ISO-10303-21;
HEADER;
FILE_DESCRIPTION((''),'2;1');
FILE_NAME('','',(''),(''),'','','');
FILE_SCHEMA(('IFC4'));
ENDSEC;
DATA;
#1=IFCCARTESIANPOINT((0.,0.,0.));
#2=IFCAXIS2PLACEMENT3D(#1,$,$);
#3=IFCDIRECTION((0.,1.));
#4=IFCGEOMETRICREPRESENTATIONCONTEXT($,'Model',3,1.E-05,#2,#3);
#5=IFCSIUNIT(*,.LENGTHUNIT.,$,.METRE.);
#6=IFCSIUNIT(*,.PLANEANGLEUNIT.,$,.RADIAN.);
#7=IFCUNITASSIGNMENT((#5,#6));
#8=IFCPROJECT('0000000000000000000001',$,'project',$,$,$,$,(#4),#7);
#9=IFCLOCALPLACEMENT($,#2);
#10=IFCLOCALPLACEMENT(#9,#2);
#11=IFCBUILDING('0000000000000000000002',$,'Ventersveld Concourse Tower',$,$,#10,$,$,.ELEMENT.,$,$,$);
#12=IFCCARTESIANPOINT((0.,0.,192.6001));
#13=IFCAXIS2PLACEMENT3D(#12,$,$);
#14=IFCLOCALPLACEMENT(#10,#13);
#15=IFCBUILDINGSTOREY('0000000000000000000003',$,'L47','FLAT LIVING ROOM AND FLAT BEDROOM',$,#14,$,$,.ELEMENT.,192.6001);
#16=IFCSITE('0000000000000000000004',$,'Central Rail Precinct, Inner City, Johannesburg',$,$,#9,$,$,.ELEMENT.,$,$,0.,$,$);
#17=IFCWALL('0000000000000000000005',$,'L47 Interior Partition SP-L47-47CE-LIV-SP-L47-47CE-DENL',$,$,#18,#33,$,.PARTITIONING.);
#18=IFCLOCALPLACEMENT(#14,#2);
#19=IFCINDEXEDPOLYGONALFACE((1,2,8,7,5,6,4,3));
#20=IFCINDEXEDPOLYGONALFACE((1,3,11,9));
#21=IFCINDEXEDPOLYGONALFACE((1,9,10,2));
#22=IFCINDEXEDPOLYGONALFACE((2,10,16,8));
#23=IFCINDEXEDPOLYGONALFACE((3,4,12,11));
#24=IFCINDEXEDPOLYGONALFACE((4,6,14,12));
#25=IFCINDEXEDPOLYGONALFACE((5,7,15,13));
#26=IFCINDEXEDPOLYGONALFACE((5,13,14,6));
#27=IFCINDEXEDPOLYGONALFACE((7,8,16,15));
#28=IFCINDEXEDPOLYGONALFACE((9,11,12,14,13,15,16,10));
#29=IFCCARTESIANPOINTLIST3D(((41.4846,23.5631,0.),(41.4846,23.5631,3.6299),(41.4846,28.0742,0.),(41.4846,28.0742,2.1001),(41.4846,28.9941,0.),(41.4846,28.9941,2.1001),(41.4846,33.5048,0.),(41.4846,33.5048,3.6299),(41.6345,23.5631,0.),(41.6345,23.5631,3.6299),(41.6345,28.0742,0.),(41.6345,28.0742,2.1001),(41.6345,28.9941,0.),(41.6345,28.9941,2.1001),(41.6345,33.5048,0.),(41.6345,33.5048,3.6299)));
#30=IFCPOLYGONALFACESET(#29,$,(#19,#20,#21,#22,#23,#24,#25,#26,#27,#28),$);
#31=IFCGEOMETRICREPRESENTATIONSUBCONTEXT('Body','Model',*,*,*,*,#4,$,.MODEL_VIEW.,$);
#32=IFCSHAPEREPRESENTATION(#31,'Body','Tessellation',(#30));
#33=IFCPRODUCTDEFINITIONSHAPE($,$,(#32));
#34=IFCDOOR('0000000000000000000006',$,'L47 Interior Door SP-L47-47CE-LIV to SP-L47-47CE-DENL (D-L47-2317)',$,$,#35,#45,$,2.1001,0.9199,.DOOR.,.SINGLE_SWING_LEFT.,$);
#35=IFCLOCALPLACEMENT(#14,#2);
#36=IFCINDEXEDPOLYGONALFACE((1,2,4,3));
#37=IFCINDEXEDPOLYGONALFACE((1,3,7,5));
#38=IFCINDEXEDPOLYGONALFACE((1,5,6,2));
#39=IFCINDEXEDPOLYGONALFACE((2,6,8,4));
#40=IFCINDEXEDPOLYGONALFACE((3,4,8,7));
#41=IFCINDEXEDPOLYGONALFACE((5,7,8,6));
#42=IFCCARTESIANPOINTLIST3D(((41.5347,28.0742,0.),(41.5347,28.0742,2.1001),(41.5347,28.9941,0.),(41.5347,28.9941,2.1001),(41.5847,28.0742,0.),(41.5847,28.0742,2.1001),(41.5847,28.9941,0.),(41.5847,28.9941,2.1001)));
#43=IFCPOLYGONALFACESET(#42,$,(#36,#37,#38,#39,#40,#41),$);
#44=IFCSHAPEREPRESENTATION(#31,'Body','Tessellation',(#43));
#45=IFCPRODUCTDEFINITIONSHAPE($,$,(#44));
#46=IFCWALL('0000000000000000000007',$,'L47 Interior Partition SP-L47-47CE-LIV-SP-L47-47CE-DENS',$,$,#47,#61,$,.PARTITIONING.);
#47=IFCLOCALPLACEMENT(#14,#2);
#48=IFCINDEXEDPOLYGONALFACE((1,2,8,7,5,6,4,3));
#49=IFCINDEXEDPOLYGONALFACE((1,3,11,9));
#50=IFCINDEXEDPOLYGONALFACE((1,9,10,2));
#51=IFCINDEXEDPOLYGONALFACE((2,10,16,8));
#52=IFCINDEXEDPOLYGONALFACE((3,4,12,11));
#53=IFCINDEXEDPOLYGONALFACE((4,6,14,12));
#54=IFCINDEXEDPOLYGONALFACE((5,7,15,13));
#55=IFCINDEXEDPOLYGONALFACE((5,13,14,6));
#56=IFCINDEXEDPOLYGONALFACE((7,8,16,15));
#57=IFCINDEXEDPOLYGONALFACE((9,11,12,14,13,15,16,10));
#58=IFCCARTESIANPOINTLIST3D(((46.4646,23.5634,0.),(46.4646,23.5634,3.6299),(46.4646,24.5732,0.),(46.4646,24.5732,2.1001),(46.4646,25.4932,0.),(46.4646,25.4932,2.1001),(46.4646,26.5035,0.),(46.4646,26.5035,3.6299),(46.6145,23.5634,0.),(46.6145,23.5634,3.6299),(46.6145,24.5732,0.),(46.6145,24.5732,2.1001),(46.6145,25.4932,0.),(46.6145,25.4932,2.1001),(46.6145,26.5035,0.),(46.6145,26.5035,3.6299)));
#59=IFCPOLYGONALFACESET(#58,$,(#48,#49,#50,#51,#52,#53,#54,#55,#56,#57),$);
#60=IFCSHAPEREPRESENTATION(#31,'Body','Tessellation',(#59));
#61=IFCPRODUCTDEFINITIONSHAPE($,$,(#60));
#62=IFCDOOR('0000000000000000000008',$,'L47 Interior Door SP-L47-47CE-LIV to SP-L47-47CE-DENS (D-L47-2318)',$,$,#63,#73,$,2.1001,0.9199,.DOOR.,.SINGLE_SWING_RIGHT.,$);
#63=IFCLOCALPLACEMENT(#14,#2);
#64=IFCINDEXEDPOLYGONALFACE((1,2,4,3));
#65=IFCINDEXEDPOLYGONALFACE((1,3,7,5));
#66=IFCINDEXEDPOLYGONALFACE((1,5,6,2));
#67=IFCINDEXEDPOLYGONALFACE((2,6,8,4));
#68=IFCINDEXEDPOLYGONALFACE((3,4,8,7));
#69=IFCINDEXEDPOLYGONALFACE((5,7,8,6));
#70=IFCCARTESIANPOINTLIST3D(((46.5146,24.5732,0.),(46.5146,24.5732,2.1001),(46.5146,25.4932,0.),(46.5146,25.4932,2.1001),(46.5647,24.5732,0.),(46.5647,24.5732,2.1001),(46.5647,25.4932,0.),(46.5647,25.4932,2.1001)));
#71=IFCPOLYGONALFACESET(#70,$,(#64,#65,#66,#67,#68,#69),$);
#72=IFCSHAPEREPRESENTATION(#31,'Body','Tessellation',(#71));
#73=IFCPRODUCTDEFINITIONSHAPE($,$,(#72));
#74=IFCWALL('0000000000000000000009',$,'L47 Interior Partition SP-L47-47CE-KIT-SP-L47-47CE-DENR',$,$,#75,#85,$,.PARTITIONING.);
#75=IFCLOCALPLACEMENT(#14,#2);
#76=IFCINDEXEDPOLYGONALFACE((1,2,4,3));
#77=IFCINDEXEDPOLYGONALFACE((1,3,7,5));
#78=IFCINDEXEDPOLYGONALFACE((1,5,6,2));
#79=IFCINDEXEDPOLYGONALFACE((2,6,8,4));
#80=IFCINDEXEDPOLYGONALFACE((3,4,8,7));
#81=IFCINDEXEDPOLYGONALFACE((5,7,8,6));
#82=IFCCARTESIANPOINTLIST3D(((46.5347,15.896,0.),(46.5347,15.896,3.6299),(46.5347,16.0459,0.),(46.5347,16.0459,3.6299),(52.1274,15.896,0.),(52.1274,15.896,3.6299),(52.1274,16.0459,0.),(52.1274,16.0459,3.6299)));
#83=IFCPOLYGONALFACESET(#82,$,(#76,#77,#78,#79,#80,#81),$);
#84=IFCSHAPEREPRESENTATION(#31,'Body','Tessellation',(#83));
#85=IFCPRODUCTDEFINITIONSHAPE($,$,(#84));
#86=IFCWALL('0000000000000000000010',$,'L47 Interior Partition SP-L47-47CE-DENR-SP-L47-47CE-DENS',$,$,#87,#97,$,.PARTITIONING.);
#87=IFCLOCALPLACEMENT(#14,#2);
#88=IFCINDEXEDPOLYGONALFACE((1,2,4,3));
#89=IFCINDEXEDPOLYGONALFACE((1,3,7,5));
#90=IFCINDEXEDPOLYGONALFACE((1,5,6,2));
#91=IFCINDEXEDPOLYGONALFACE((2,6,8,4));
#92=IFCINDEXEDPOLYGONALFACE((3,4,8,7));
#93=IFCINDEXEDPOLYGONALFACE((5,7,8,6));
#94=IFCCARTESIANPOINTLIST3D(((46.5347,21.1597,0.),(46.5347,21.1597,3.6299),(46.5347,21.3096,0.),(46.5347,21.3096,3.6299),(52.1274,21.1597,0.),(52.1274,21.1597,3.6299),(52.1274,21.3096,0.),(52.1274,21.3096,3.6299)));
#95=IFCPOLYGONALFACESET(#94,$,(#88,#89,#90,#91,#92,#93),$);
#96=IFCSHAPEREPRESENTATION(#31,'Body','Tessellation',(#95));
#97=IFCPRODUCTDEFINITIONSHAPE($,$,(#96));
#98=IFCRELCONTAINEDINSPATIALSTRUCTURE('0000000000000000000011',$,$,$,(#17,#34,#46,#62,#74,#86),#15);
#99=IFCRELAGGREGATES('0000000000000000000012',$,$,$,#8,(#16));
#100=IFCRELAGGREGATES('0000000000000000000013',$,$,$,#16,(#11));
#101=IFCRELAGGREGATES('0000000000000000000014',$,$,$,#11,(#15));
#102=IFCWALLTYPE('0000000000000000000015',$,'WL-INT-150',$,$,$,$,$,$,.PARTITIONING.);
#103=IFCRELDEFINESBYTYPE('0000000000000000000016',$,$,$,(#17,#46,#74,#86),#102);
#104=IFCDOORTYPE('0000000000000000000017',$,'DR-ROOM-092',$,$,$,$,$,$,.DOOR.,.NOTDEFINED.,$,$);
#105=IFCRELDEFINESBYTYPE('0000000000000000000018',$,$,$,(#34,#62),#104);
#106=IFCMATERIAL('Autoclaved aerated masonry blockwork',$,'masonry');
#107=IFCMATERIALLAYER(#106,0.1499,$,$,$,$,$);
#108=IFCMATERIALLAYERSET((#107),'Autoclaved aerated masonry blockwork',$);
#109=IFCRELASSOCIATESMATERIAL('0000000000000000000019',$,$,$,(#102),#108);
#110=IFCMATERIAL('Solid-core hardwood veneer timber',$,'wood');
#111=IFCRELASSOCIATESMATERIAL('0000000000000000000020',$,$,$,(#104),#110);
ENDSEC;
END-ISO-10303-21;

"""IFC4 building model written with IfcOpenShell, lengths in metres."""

from ifc_helpers import new_model, si_unit, direction, frame, frame_2d, origin, place, context, subcontext, project, spatial, rectangle, extrude, material, layer, layer_set, type_object, element, fill, save


model = new_model("IFC4")

# Units and contexts
model_context = context("Model", 3, precision=1e-05, world=origin(), true_north=direction((0.0, 1.0)))
body_context = subcontext(model_context, "Body", "Model", "MODEL_VIEW")
ifc_project = project(units=[si_unit("LENGTHUNIT", "METRE"), si_unit("PLANEANGLEUNIT", "RADIAN")], contexts=[model_context])

# Site, building, storey
site_placement = place(None, origin())
site = spatial("IfcSite", under=ifc_project, at=site_placement, Name="Central Rail Precinct, Inner City, Johannesburg", CompositionType="ELEMENT", RefElevation=0.0)
building_placement = place(site_placement, origin())
building = spatial("IfcBuilding", under=site, at=building_placement, Name="Ventersveld Concourse Tower", CompositionType="ELEMENT")
storey_placement = place(building_placement, frame((0.0, 0.0, 192.6001)))
storey = spatial("IfcBuildingStorey", under=building, at=storey_placement, Name="L47", Description="FLAT LIVING ROOM AND FLAT BEDROOM", CompositionType="ELEMENT", Elevation=192.6001)

# Shared definitions
ifc_material_1 = material(Name="Solid-core hardwood veneer timber", Category="wood")

# Walls, openings, doors
ifc_material_2 = material(Name="Autoclaved aerated masonry blockwork", Category="masonry")
ifc_layer_1 = layer(ifc_material_2, 0.1499)
ifc_layer_set_1 = layer_set([ifc_layer_1], Name="Autoclaved aerated masonry blockwork")
wall_type_1 = type_object("IfcWallType", Name="WL-INT-150", PredefinedType="PARTITIONING", material=ifc_layer_set_1)
door_type_1 = type_object("IfcDoorType", Name="DR-ROOM-092", OperationType="NOTDEFINED", PredefinedType="DOOR", material=ifc_material_1)
wall_1_placement = place(storey_placement, frame((41.5596, 23.5632, 0.0), z_axis=(0.0, 0.0, 1.0), x_axis=(0.0, 1.0, 0.0)))
wall_1 = element("IfcWall", 1, at=wall_1_placement, inside=storey, type_object=wall_type_1, Name="L47 Interior Partition SP-L47-47CE-LIV-SP-L47-47CE-DENL", PredefinedType="PARTITIONING", context=body_context, shape_type="SweptSolid", body=[
    extrude(rectangle(XDim=9.9417, YDim=0.1499, at=frame_2d((4.9707, 0.0))), origin(), (0.0, 0.0, 1.0), 3.6299),
])
opening_1_placement = place(wall_1_placement, frame((4.511, 0.0, 0.0)))
opening_1 = element("IfcOpeningElement", 2, at=opening_1_placement, cuts=wall_1, PredefinedType="OPENING", context=body_context, shape_type="SweptSolid", body=[
    extrude(rectangle(XDim=0.9199, YDim=2.1001, at=frame_2d((0.46, 1.05))), frame((0.0, 0.085, 0.0), z_axis=(0.0, -1.0, 0.0), x_axis=(1.0, 0.0, 0.0)), (0.0, 0.0, 1.0), 0.1699),
])
door_1_placement = place(opening_1_placement, origin())
door_1 = element("IfcDoor", 3, at=door_1_placement, inside=storey, type_object=door_type_1, Name="L47 Interior Door SP-L47-47CE-LIV to SP-L47-47CE-DENL (D-L47-2317)", OperationType="SINGLE_SWING_LEFT", OverallHeight=2.1001, OverallWidth=0.9199, PredefinedType="DOOR", context=body_context, shape_type="SweptSolid", body=[
    extrude(rectangle(XDim=0.9199, YDim=2.1001, at=frame_2d((0.46, 1.05))), frame((0.0, 0.0249, 0.0), z_axis=(0.0, -1.0, 0.0), x_axis=(1.0, 0.0, 0.0)), (0.0, 0.0, 1.0), 0.05),
])
fill(opening_1, door_1)
wall_2_placement = place(storey_placement, frame((46.5396, 23.5632, 0.0), z_axis=(0.0, 0.0, 1.0), x_axis=(0.0, 1.0, 0.0)))
wall_2 = element("IfcWall", 4, at=wall_2_placement, inside=storey, type_object=wall_type_1, Name="L47 Interior Partition SP-L47-47CE-LIV-SP-L47-47CE-DENS", PredefinedType="PARTITIONING", context=body_context, shape_type="SweptSolid", body=[
    extrude(rectangle(XDim=2.9402, YDim=0.1499, at=frame_2d((1.4702, 0.0))), origin(), (0.0, 0.0, 1.0), 3.6299),
])
opening_2_placement = place(wall_2_placement, frame((1.01, 0.0, 0.0)))
opening_2 = element("IfcOpeningElement", 5, at=opening_2_placement, cuts=wall_2, PredefinedType="OPENING", context=body_context, shape_type="SweptSolid", body=[
    extrude(rectangle(XDim=0.9199, YDim=2.1001, at=frame_2d((0.46, 1.05))), frame((0.0, 0.085, 0.0), z_axis=(0.0, -1.0, 0.0), x_axis=(1.0, 0.0, 0.0)), (0.0, 0.0, 1.0), 0.1699),
])
door_2_placement = place(opening_2_placement, origin())
door_2 = element("IfcDoor", 6, at=door_2_placement, inside=storey, type_object=door_type_1, Name="L47 Interior Door SP-L47-47CE-LIV to SP-L47-47CE-DENS (D-L47-2318)", OperationType="SINGLE_SWING_RIGHT", OverallHeight=2.1001, OverallWidth=0.9199, PredefinedType="DOOR", context=body_context, shape_type="SweptSolid", body=[
    extrude(rectangle(XDim=0.9199, YDim=2.1001, at=frame_2d((0.46, 1.05))), frame((0.0, 0.0249, 0.0), z_axis=(0.0, -1.0, 0.0), x_axis=(1.0, 0.0, 0.0)), (0.0, 0.0, 1.0), 0.05),
])
fill(opening_2, door_2)

# Walls
for number, where, z_axis, x_axis, name in (
    (7, (46.5347, 15.9709, 0.0), (0.0, 0.0, 1.0), (1.0, 0.0, 0.0), "L47 Interior Partition SP-L47-47CE-KIT-SP-L47-47CE-DENR"),
    (8, (46.5347, 21.2346, 0.0), (0.0, 0.0, 1.0), (1.0, 0.0, 0.0), "L47 Interior Partition SP-L47-47CE-DENR-SP-L47-47CE-DENS"),
):
    element("IfcWall", number, at=place(storey_placement, frame(where, z_axis=z_axis, x_axis=x_axis)), inside=storey, type_object=wall_type_1, Name=name, PredefinedType="PARTITIONING", context=body_context, shape_type="SweptSolid", body=[
        extrude(rectangle(XDim=5.5928, YDim=0.1499, at=frame_2d((2.7964, 0.0))), origin(), (0.0, 0.0, 1.0), 3.6299),
    ])

save(model, "model.ifc")
